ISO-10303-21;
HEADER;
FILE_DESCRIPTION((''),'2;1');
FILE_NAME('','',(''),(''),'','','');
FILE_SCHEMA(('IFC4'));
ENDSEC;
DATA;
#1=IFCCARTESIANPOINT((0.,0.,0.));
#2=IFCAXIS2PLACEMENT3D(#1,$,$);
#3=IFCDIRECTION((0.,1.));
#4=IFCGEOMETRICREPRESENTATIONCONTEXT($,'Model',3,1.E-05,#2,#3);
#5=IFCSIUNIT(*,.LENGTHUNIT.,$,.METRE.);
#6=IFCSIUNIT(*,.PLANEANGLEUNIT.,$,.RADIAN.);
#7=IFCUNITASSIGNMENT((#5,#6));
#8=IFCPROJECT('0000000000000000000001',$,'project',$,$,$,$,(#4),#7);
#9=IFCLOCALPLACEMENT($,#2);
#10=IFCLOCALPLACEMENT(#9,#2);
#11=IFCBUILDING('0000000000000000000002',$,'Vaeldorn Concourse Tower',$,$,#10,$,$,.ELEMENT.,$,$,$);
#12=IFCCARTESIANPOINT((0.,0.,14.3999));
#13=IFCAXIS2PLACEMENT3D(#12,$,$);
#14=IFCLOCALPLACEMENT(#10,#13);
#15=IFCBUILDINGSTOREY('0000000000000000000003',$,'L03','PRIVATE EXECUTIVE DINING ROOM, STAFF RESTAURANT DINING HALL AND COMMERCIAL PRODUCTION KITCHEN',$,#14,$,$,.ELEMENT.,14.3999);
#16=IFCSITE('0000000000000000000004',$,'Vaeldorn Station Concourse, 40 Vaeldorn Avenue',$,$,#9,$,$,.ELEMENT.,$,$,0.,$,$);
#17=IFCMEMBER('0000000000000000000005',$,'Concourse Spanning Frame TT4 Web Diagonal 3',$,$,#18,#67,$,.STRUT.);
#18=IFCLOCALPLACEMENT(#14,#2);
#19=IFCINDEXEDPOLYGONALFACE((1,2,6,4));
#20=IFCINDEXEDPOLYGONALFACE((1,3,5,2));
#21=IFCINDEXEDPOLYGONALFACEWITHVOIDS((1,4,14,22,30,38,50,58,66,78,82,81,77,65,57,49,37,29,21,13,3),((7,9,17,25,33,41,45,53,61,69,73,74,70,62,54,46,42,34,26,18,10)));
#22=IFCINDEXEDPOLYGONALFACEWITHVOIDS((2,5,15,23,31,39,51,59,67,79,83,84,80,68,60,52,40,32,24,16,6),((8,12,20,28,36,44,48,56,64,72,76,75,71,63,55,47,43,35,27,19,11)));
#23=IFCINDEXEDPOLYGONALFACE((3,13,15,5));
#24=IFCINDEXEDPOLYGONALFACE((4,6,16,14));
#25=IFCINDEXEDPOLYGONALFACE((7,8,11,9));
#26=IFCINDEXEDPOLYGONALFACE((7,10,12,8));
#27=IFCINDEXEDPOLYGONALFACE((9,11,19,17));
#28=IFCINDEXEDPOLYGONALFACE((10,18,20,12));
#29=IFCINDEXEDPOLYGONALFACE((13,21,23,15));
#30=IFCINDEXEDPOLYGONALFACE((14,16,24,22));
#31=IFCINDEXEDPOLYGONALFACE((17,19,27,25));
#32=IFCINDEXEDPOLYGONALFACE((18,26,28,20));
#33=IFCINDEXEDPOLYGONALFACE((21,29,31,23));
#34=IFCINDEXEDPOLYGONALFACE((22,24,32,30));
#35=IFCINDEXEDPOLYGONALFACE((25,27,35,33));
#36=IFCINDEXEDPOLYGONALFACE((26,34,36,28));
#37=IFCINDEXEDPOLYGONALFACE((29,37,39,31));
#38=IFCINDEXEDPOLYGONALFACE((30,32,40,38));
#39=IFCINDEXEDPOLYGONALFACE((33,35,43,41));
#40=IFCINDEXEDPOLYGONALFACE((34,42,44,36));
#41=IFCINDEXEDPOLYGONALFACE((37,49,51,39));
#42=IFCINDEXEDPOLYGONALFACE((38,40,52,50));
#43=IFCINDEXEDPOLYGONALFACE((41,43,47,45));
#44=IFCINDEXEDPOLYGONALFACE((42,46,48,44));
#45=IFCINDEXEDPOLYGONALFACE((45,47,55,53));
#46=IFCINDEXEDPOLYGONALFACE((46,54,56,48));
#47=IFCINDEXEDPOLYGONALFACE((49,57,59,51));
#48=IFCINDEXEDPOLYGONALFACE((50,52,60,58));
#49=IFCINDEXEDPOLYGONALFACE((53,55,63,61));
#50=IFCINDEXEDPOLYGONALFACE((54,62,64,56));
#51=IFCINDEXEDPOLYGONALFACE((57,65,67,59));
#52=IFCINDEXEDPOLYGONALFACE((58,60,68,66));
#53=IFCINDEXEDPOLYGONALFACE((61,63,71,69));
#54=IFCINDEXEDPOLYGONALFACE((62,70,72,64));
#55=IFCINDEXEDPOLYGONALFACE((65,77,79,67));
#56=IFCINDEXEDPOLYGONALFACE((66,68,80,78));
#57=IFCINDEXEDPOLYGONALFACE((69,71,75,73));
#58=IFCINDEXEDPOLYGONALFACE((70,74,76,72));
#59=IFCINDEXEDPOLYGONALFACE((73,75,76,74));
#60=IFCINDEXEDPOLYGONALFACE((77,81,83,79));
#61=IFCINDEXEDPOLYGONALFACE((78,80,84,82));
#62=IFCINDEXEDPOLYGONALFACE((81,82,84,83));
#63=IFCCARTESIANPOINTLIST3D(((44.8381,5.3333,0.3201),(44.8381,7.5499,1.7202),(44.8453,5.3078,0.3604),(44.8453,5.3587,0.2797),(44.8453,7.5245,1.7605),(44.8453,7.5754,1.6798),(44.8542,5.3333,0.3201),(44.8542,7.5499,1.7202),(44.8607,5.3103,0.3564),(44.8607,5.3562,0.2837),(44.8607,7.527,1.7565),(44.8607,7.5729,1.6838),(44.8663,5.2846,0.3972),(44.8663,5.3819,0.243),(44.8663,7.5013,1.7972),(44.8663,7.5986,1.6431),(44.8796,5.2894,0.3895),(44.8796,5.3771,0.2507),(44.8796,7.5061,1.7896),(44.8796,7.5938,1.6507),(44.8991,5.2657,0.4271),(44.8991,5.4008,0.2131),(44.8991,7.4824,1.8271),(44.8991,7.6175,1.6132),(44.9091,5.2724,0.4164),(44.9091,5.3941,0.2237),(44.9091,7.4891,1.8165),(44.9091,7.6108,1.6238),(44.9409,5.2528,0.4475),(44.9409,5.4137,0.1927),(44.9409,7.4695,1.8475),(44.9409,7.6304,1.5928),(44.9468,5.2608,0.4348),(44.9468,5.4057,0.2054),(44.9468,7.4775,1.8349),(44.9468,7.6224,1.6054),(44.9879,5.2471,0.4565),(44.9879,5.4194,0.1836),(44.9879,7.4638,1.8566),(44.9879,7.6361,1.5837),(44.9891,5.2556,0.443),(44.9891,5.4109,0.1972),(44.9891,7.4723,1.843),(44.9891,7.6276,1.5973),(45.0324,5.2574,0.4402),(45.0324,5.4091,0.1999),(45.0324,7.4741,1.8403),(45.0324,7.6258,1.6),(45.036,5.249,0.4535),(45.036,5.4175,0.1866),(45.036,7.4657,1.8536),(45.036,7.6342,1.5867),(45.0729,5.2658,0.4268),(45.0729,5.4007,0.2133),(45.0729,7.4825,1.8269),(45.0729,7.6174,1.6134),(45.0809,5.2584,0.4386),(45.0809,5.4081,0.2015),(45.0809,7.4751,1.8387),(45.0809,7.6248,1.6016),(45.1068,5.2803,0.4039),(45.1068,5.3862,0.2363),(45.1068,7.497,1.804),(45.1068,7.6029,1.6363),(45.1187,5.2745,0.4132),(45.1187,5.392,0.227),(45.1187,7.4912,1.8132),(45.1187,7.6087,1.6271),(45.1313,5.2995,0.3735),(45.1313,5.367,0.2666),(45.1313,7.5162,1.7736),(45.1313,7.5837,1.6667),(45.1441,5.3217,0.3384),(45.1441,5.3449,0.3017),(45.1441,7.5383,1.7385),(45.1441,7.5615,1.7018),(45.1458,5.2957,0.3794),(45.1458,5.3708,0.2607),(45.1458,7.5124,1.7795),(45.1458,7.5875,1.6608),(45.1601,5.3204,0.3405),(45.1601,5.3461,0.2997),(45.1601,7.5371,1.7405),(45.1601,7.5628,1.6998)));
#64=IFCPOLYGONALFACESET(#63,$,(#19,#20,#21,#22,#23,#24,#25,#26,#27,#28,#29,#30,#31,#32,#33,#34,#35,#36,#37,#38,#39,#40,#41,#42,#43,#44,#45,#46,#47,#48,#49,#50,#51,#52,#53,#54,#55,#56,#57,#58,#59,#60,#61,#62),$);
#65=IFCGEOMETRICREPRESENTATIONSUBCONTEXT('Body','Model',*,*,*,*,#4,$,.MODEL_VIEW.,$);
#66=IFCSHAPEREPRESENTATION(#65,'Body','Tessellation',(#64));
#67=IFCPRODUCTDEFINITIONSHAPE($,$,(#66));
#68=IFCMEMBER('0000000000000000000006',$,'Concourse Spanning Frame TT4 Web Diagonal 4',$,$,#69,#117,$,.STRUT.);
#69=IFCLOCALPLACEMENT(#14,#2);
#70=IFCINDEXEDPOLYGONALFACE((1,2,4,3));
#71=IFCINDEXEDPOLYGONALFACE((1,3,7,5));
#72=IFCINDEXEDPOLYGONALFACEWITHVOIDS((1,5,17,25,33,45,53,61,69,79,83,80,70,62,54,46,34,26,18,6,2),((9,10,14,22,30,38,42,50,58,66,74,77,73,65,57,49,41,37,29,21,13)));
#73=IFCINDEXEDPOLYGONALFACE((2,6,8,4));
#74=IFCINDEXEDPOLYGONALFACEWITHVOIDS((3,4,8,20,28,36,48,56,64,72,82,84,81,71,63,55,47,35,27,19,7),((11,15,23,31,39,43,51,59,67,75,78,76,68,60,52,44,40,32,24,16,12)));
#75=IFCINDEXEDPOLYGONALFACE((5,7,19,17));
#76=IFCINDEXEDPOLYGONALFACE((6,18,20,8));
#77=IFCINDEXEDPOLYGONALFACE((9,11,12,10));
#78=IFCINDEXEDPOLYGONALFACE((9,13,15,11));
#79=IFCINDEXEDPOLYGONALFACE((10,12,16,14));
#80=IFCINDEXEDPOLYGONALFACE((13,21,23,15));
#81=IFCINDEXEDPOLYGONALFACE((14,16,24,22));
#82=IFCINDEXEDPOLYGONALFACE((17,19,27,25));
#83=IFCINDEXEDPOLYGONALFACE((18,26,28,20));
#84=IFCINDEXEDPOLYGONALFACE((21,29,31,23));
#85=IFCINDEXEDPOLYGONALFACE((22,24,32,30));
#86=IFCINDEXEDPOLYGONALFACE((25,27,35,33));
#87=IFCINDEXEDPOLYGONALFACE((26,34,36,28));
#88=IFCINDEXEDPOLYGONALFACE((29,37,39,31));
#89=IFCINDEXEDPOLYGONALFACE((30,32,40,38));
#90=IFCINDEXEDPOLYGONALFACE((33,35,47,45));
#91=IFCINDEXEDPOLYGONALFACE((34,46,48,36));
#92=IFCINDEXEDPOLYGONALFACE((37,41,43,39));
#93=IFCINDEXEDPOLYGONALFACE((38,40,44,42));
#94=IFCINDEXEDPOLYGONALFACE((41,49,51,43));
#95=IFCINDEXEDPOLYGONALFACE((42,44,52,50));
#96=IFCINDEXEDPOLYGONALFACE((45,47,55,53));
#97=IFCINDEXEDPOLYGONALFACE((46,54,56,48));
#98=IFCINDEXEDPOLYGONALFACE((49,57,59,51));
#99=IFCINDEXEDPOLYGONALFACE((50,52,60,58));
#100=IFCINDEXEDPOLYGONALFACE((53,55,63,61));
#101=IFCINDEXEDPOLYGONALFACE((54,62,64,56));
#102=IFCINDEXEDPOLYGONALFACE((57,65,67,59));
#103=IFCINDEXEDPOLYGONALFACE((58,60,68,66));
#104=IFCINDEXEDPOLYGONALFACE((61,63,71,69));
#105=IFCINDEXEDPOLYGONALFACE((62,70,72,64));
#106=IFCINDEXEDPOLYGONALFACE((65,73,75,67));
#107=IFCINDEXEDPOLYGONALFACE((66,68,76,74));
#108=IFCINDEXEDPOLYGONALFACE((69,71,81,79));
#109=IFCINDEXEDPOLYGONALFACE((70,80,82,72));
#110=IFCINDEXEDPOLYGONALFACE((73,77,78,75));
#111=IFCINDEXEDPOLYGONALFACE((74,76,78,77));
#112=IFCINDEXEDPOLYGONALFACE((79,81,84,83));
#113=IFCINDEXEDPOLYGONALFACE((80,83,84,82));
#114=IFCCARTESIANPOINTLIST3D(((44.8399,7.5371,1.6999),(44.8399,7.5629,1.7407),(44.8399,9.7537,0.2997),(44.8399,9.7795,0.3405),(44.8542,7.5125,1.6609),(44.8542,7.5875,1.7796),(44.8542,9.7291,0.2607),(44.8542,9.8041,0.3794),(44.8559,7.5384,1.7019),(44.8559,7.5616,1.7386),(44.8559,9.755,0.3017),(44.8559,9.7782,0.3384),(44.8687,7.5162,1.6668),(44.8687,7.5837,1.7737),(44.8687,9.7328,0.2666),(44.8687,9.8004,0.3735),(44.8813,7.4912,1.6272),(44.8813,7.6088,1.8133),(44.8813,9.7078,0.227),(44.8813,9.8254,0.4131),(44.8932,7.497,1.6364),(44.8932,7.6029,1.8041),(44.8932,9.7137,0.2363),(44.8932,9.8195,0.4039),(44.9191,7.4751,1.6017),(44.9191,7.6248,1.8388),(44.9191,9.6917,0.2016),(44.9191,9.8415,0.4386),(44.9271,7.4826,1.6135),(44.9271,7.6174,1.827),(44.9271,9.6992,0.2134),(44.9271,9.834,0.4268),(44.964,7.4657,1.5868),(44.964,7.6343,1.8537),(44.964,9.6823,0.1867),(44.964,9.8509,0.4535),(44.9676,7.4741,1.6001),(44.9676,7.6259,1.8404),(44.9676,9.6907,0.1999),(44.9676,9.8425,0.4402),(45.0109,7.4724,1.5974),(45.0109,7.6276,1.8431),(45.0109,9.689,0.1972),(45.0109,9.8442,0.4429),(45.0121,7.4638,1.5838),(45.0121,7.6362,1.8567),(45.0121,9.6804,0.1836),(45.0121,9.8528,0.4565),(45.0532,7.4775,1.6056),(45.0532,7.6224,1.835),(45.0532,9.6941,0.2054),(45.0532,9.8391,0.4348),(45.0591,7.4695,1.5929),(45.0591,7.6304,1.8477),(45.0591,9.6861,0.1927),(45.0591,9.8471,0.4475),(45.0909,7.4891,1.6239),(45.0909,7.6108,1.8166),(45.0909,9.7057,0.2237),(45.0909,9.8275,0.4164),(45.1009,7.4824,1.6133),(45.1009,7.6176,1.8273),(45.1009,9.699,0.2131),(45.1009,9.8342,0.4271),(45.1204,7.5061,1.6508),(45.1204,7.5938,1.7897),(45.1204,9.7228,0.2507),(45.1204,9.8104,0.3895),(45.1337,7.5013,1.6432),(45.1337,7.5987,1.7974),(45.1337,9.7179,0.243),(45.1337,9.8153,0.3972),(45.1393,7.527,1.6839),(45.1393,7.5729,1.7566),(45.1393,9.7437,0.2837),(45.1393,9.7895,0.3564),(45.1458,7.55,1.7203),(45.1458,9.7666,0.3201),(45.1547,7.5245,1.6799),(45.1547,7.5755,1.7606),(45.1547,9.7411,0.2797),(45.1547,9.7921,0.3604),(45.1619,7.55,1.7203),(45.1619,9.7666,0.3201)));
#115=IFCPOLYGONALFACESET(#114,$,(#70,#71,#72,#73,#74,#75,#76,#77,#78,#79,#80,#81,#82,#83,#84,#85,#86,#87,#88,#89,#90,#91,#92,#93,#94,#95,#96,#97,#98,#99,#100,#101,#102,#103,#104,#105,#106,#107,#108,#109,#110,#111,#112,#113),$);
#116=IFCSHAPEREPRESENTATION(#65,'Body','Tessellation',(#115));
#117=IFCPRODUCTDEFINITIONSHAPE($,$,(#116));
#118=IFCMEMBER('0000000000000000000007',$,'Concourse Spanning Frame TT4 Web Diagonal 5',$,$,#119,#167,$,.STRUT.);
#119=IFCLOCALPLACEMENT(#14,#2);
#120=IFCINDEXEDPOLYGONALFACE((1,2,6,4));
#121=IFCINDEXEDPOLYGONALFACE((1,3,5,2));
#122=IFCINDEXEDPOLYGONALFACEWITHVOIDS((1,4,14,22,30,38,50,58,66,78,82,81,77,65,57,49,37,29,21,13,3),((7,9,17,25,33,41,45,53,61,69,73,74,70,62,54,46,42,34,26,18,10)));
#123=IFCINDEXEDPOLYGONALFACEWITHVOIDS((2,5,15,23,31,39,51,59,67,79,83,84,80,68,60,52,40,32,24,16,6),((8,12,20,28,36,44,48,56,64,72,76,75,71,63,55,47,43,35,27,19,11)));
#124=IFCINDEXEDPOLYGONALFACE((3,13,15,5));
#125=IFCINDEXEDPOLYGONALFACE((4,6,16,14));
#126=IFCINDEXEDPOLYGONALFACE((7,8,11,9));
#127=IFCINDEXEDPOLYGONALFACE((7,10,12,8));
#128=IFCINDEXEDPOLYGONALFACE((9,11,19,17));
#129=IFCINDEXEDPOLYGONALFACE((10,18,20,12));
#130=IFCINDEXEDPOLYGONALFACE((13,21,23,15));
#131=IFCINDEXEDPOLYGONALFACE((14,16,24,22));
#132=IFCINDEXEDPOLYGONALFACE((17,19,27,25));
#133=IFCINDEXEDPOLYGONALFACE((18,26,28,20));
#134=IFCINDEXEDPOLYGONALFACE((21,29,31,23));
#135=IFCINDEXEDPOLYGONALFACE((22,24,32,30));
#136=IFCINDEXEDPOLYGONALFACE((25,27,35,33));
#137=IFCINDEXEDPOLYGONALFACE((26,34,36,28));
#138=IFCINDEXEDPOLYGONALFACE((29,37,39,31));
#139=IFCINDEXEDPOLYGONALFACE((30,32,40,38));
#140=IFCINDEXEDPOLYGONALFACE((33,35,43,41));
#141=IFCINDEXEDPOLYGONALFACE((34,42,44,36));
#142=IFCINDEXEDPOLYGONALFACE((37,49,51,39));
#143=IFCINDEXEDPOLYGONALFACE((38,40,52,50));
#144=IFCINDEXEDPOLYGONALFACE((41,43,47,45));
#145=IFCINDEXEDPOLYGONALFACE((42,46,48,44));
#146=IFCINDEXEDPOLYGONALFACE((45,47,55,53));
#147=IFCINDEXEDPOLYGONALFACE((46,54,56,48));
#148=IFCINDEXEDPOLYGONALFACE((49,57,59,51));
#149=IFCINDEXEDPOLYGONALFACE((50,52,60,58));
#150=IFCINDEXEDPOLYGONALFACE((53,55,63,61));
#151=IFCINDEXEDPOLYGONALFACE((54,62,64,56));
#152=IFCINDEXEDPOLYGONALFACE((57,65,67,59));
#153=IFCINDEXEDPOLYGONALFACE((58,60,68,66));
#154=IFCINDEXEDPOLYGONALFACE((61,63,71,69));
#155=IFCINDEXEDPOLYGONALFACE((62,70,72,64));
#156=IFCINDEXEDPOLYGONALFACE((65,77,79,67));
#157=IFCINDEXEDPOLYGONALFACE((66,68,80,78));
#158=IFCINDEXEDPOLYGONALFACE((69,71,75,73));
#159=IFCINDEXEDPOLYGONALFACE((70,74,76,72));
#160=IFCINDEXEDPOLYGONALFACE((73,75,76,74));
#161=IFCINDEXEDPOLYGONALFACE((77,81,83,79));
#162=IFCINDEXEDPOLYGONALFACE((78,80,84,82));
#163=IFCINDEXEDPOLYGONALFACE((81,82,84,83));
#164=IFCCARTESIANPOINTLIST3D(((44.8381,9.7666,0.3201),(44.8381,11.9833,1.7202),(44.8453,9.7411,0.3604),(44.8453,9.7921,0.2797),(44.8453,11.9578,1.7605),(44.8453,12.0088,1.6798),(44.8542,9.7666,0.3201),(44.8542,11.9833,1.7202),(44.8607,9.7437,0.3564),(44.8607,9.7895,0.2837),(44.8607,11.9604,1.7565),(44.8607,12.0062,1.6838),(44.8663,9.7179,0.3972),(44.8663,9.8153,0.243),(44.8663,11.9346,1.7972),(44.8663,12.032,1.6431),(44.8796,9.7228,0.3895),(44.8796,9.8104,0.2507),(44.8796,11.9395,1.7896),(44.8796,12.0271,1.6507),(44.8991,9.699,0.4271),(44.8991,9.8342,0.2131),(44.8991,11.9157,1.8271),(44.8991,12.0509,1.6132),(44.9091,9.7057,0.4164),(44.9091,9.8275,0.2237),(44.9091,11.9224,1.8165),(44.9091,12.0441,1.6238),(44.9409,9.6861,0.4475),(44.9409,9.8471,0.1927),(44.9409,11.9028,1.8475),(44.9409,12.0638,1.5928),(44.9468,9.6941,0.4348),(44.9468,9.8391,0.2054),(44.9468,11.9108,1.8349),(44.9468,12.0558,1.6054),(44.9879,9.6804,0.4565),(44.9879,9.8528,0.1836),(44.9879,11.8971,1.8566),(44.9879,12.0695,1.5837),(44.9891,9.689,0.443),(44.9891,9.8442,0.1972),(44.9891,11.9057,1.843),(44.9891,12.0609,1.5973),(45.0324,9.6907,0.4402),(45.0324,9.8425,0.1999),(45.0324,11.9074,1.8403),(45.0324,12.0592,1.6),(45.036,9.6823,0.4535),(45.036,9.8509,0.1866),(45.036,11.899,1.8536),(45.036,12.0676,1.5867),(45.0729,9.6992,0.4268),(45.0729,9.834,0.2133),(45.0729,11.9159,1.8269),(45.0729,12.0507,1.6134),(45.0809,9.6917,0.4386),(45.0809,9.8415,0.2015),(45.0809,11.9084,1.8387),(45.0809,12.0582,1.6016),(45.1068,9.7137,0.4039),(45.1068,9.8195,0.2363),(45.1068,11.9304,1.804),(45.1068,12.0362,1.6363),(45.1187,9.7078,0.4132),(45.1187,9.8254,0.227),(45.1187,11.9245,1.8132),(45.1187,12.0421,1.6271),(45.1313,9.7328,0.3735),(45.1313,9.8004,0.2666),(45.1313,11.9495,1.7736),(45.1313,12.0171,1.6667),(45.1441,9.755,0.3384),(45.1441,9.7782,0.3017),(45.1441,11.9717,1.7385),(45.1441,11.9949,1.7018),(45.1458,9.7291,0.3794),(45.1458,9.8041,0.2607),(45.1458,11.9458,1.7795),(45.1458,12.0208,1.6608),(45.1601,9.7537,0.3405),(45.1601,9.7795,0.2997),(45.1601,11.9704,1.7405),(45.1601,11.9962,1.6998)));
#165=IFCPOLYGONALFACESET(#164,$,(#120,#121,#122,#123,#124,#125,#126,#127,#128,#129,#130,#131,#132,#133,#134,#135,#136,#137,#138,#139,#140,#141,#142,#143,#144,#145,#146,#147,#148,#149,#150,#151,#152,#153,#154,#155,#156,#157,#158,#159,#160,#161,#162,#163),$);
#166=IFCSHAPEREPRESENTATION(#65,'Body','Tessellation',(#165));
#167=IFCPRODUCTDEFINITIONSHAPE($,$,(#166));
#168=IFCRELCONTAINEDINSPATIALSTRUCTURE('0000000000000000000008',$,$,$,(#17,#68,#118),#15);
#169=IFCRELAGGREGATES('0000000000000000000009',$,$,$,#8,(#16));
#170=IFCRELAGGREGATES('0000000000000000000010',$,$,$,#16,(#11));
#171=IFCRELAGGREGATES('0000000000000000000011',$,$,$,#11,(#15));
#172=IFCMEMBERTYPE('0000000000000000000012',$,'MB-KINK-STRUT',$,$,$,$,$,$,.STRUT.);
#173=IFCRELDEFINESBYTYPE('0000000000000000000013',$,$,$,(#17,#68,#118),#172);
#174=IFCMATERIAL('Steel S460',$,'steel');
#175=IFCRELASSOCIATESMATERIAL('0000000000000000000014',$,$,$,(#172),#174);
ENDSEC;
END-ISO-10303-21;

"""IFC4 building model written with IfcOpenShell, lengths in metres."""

from ifc_helpers import new_model, si_unit, direction, frame, origin, origin_2d, place, context, subcontext, project, spatial, hollow_circle, extrude, source, transform, mapped, material, material_profile, profile_set, type_object, element, save


model = new_model("IFC4")

# Units and contexts
model_context = context("Model", 3, precision=1e-05, world=origin(), true_north=direction((0.0, 1.0)))
body_context = subcontext(model_context, "Body", "Model", "MODEL_VIEW")
ifc_project = project(units=[si_unit("LENGTHUNIT", "METRE"), si_unit("PLANEANGLEUNIT", "RADIAN")], contexts=[model_context])

# Site, building, storey
site_placement = place(None, origin())
site = spatial("IfcSite", under=ifc_project, at=site_placement, Name="Vaeldorn Station Concourse, 40 Vaeldorn Avenue", CompositionType="ELEMENT", RefElevation=0.0)
building_placement = place(site_placement, origin())
building = spatial("IfcBuilding", under=site, at=building_placement, Name="Vaeldorn Concourse Tower", CompositionType="ELEMENT")
storey_placement = place(building_placement, frame((0.0, 0.0, 14.3999)))
storey = spatial("IfcBuildingStorey", under=building, at=storey_placement, Name="L03", Description="PRIVATE EXECUTIVE DINING ROOM, STAFF RESTAURANT DINING HALL AND COMMERCIAL PRODUCTION KITCHEN", CompositionType="ELEMENT", Elevation=14.3999)

# Shared definitions
ifc_material_1 = material(Name="Steel S460", Category="steel")

# Members
ifc_material_profile_1 = material_profile(ifc_material_1, hollow_circle(Radius=0.1619, WallThickness=0.0161, at=origin_2d()), Name="CHS 323.9x16")
ifc_profile_set_1 = profile_set([ifc_material_profile_1], Name="Steel S460")
member_type_1 = type_object("IfcMemberType", Name="MB-KINK-STRUT", PredefinedType="STRUT", material=ifc_profile_set_1)
shared_shape_1 = source(origin(), body_context, "Body", "SweptSolid", [
    extrude(hollow_circle(Radius=0.1619, WallThickness=0.0161, at=origin_2d()), origin(), (0.0, 0.0, 1.0), 2.6218),
])
for number, where, z_axis, x_axis, name in (
    (1, (45.0, 5.3333, 0.3201), (0.0, 0.845478, 0.534011), (-1.0, 0.0, 0.0), "Concourse Spanning Frame TT4 Web Diagonal 3"),
    (2, (45.0, 9.7666, 0.3201), (0.0, -0.845451, 0.534053), (1.0, 0.0, 0.0), "Concourse Spanning Frame TT4 Web Diagonal 4"),
    (3, (45.0, 9.7666, 0.3201), (0.0, 0.845478, 0.534011), (-1.0, 0.0, 0.0), "Concourse Spanning Frame TT4 Web Diagonal 5"),
):
    element("IfcMember", number, at=place(storey_placement, frame(where, z_axis=z_axis, x_axis=x_axis)), inside=storey, type_object=member_type_1, Name=name, PredefinedType="STRUT", context=body_context, shape_type="MappedRepresentation", body=[
        mapped(shared_shape_1, transform((0.0, 0.0, 0.0), scale=1.0)),
    ])

save(model, "model.ifc")
